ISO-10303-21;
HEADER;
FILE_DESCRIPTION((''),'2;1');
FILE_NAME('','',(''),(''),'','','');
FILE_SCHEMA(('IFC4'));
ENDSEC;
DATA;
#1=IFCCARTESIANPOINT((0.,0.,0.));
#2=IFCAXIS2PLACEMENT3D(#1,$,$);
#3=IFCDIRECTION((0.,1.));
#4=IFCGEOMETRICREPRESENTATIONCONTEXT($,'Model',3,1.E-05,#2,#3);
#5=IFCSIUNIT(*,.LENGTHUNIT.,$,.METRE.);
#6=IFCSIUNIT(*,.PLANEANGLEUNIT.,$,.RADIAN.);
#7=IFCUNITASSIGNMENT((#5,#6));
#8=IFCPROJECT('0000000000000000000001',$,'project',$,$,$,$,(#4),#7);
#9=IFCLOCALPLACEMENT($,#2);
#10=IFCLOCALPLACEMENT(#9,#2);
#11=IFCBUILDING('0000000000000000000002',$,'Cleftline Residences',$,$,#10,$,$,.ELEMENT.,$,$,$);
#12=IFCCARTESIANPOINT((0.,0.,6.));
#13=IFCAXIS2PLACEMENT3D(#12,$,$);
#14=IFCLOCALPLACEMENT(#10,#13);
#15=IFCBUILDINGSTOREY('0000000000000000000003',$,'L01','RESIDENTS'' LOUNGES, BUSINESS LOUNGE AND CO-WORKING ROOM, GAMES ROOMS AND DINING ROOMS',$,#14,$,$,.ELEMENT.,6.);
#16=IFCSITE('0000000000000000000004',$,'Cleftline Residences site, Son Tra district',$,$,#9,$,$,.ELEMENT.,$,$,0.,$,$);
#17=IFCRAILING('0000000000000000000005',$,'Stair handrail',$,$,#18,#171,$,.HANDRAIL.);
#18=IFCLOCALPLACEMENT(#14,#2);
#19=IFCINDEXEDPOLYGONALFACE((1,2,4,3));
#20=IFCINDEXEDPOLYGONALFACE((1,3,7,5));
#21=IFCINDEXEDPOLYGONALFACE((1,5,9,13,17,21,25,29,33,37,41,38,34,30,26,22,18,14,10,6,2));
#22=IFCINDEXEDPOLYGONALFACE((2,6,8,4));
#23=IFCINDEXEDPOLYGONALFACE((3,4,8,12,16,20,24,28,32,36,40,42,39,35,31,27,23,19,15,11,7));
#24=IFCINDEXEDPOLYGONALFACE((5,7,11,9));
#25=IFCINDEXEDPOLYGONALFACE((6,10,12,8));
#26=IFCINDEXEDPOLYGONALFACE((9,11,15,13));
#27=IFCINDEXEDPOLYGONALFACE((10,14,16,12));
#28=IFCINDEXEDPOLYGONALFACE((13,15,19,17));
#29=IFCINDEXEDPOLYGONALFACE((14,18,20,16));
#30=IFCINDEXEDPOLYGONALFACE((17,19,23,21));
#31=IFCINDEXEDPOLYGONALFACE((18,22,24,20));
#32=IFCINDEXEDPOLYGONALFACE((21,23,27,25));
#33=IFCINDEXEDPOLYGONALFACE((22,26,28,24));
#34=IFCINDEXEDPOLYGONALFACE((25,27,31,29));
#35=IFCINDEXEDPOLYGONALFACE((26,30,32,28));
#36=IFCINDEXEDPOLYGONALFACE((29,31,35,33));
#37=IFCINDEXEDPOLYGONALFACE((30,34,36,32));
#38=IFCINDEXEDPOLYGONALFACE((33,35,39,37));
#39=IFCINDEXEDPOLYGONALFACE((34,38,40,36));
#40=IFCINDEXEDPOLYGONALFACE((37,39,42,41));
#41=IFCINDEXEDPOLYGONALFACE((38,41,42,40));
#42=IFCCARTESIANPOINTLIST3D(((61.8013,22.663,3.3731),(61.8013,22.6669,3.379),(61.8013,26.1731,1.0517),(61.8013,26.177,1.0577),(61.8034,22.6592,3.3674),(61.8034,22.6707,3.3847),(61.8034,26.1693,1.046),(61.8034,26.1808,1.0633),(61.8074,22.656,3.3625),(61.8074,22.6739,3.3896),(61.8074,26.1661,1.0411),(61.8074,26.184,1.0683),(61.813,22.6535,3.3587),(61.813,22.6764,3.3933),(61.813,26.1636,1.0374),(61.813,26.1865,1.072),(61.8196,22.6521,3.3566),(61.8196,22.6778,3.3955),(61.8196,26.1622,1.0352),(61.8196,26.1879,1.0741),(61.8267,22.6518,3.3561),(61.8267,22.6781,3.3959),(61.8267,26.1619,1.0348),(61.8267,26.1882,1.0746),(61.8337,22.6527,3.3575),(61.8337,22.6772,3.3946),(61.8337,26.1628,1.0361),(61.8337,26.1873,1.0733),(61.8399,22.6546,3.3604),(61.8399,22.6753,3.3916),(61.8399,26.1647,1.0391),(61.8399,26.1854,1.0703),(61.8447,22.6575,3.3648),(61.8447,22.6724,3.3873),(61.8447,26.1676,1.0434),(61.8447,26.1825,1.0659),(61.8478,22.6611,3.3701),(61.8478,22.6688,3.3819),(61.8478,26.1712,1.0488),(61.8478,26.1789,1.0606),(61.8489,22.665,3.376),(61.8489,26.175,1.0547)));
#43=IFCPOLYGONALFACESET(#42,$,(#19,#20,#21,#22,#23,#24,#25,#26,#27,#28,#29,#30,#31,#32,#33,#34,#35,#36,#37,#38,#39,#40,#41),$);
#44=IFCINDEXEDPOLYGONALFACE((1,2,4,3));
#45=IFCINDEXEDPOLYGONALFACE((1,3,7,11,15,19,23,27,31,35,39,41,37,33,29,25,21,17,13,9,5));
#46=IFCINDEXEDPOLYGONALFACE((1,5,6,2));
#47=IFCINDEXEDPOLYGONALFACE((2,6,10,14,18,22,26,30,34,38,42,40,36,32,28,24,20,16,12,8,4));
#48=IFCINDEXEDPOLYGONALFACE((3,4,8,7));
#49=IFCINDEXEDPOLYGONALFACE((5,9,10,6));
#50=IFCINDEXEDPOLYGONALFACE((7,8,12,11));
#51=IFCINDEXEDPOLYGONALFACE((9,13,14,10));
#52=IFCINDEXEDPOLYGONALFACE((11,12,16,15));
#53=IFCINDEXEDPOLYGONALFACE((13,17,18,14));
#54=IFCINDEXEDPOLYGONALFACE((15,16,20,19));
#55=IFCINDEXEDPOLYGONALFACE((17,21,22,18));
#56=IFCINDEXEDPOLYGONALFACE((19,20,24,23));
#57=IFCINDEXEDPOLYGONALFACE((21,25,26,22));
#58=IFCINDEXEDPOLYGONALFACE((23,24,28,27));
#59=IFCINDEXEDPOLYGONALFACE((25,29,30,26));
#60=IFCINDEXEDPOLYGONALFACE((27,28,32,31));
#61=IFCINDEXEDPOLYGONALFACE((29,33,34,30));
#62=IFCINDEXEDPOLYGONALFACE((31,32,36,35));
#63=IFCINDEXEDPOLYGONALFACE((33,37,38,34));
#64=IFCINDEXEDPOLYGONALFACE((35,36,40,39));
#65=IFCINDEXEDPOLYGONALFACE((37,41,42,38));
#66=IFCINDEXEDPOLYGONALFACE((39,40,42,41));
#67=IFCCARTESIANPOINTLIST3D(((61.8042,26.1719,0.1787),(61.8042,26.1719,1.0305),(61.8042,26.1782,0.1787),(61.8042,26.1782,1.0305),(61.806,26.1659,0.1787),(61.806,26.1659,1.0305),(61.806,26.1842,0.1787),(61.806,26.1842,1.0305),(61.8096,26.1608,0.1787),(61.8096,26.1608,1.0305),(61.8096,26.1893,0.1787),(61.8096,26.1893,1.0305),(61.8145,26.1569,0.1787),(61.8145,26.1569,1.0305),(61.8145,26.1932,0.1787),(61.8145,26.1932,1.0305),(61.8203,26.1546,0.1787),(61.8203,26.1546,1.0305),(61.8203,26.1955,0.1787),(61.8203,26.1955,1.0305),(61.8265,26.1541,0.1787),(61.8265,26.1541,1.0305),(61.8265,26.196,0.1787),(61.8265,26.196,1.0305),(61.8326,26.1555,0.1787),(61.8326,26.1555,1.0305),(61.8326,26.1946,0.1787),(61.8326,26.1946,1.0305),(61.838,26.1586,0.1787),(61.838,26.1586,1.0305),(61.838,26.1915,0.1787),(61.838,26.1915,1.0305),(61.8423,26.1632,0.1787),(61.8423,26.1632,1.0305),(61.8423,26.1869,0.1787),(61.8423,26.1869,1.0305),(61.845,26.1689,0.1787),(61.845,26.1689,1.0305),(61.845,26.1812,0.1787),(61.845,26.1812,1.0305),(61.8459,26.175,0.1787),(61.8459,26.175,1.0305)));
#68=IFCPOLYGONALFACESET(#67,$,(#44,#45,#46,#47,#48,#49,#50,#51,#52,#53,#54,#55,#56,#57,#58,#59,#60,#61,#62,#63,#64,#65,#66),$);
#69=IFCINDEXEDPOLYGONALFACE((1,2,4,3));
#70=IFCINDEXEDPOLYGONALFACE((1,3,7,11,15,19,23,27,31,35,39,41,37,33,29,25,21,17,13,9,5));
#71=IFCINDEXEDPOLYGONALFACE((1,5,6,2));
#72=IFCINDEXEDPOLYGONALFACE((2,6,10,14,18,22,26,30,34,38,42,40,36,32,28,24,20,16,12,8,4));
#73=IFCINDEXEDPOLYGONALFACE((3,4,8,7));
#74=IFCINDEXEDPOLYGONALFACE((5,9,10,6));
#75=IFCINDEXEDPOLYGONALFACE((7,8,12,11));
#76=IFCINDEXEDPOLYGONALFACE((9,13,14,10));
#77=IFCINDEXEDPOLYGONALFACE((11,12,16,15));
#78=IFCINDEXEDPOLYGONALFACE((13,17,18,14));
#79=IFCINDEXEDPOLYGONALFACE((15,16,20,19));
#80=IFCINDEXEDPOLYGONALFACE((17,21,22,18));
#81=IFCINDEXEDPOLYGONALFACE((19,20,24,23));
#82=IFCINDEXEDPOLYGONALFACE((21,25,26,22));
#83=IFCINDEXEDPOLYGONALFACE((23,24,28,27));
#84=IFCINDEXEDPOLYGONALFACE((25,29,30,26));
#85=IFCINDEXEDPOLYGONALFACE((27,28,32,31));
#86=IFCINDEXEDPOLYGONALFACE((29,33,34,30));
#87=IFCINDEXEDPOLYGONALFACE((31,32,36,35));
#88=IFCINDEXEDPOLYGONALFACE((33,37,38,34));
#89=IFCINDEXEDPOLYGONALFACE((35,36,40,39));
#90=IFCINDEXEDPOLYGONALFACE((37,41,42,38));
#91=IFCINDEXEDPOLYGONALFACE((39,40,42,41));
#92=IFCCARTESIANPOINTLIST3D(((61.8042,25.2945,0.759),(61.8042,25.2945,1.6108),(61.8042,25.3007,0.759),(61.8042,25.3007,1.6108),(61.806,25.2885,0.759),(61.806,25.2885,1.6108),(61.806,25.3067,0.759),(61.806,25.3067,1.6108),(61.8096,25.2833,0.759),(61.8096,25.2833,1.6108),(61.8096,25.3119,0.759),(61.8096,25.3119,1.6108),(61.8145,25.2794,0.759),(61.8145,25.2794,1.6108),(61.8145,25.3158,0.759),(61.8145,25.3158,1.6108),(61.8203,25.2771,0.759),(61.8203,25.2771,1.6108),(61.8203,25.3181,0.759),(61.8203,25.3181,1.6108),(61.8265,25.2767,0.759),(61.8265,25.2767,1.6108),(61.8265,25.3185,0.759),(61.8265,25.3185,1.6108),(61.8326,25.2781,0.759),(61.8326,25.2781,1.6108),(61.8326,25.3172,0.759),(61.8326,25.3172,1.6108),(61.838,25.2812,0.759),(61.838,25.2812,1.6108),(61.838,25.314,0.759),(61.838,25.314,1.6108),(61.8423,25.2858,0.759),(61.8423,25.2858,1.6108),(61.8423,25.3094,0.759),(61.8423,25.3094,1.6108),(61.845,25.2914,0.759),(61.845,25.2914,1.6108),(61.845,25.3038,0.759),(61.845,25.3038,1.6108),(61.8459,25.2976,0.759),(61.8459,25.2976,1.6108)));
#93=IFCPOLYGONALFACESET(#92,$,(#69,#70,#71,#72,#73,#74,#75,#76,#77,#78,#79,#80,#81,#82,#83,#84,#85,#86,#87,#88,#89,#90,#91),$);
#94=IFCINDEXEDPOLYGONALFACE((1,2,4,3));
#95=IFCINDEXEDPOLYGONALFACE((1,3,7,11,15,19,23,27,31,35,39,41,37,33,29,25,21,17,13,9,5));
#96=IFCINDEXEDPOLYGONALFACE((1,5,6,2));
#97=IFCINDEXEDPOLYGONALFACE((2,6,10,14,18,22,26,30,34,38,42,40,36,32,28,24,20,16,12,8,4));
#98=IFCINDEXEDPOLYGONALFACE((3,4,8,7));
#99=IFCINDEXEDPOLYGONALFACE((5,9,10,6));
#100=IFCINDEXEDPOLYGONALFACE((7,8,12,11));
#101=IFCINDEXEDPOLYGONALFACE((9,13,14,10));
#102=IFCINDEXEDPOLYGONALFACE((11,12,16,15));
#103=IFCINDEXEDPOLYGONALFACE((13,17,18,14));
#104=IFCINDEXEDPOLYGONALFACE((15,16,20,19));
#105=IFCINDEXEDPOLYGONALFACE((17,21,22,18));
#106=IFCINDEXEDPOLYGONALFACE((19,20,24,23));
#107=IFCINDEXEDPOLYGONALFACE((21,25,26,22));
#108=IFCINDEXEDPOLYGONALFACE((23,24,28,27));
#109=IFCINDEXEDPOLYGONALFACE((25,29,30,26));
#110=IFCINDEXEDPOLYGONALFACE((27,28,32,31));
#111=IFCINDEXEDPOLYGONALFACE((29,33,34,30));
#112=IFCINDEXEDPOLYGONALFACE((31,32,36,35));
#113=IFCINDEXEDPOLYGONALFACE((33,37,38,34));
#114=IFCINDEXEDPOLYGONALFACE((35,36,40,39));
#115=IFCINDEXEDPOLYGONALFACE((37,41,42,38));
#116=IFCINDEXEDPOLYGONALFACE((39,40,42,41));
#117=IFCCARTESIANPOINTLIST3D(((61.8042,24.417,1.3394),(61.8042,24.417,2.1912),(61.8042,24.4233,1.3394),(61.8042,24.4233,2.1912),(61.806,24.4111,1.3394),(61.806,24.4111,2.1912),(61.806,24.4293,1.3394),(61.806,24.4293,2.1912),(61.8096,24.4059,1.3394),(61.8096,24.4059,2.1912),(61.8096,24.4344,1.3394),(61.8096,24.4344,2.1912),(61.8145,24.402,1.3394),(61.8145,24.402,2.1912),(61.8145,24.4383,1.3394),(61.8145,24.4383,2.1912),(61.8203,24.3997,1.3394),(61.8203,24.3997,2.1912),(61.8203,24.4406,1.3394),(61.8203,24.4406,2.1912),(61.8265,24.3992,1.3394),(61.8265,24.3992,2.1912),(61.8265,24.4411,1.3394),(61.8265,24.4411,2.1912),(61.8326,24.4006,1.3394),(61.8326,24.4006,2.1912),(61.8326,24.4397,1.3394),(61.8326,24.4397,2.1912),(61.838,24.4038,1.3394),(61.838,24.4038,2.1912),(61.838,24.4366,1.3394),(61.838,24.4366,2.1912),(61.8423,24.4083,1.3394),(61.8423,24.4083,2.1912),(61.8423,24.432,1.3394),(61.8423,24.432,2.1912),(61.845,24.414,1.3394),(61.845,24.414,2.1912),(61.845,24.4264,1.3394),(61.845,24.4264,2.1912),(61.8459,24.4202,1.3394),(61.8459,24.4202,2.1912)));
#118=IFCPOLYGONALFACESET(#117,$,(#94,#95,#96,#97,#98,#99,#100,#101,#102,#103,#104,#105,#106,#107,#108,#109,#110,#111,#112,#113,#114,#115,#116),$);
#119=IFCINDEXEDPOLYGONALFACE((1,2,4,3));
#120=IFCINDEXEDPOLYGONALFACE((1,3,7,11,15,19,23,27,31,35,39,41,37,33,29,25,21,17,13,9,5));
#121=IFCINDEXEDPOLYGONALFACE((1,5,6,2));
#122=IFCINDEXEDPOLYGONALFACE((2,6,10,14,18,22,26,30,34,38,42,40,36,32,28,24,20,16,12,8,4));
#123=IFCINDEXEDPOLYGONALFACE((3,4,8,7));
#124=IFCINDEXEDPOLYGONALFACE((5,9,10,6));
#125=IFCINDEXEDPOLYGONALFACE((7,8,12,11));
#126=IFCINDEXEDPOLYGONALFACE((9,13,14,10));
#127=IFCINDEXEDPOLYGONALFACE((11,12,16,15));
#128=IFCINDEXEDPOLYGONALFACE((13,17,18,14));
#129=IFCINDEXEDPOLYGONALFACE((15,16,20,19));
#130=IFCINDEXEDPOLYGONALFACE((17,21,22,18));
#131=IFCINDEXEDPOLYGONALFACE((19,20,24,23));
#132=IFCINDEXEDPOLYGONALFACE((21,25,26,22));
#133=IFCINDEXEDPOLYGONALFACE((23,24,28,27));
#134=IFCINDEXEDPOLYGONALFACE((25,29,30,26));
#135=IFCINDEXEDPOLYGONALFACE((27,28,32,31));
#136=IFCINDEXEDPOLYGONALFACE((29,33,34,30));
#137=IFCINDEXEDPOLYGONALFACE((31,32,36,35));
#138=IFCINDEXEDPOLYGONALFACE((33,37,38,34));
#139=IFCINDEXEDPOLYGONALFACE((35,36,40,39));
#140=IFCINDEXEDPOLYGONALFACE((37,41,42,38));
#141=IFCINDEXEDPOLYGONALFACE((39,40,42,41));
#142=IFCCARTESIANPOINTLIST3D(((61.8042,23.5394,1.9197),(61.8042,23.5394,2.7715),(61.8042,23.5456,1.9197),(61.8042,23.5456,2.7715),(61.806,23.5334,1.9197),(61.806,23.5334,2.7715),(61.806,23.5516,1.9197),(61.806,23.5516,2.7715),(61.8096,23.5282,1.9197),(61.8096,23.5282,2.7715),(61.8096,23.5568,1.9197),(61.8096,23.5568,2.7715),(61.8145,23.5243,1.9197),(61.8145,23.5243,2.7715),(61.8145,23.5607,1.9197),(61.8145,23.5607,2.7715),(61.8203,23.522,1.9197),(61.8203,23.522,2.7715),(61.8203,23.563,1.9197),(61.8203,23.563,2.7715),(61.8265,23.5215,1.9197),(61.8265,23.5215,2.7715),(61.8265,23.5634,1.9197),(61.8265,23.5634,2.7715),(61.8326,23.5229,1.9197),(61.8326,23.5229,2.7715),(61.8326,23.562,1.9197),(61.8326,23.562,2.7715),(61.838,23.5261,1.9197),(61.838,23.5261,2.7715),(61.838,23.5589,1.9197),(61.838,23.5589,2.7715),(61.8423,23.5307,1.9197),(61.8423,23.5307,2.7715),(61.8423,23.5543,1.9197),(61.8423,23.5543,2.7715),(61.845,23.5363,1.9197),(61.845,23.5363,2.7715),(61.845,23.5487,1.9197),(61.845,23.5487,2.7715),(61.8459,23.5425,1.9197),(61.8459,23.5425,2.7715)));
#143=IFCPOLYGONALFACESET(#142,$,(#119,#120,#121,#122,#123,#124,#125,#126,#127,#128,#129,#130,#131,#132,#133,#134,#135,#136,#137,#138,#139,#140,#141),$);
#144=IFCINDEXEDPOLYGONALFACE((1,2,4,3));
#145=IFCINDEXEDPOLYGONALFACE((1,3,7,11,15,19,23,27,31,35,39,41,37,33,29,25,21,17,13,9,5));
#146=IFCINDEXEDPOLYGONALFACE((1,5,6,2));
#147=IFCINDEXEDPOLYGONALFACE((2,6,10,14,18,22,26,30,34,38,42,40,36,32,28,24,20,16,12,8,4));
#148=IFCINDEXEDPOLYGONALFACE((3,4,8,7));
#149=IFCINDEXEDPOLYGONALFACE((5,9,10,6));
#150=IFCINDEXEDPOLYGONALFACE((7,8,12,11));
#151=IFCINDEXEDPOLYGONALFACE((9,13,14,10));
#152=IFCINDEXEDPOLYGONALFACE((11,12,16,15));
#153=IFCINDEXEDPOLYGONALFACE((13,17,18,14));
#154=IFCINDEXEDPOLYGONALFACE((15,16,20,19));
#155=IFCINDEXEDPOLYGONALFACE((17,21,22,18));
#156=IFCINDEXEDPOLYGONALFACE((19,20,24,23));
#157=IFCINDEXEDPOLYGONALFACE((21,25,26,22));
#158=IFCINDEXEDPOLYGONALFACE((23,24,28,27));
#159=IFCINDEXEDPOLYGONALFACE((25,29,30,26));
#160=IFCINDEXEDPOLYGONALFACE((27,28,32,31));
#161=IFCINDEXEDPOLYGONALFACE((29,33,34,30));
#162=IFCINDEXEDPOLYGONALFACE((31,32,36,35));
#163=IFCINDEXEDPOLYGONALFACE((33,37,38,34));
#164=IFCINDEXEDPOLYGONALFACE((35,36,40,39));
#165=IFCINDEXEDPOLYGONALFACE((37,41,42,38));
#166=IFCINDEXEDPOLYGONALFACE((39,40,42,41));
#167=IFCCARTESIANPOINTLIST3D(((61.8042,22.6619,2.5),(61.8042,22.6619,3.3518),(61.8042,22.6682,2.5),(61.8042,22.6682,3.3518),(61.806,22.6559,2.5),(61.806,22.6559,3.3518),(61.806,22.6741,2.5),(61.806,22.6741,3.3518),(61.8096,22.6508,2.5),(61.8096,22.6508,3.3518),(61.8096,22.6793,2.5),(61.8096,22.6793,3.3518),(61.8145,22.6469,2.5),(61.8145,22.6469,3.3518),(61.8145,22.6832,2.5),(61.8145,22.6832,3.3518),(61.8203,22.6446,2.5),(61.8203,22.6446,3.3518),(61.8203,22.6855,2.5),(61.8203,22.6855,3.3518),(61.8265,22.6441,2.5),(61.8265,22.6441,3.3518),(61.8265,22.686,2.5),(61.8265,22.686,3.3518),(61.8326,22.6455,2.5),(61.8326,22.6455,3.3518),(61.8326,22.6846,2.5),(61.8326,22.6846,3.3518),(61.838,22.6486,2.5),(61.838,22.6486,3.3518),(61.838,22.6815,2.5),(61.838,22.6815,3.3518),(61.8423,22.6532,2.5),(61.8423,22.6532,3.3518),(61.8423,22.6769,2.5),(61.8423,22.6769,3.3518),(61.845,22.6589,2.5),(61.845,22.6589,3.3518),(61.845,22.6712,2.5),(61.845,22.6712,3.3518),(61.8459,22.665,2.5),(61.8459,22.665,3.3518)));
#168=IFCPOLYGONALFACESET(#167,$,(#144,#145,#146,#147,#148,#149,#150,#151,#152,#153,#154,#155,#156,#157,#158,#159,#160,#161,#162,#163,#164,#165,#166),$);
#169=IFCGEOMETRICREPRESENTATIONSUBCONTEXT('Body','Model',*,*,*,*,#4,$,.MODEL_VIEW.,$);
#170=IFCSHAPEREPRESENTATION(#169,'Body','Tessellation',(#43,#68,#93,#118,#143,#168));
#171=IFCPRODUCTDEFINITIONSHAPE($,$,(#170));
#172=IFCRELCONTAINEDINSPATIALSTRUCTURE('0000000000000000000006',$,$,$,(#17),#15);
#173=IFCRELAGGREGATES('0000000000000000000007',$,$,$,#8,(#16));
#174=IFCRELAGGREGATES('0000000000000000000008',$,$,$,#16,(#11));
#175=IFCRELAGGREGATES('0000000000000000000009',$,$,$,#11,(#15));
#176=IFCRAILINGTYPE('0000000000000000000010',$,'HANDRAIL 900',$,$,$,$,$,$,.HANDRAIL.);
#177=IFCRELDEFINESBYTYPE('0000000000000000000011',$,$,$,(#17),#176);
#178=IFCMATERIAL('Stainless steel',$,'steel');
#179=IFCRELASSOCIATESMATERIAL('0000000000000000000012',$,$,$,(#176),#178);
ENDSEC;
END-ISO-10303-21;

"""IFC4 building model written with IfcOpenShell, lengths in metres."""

from ifc_helpers import new_model, si_unit, direction, frame, origin, origin_2d, place, context, subcontext, project, spatial, circle, extrude, material, type_object, element, save


model = new_model("IFC4")

# Units and contexts
model_context = context("Model", 3, precision=1e-05, world=origin(), true_north=direction((0.0, 1.0)))
body_context = subcontext(model_context, "Body", "Model", "MODEL_VIEW")
ifc_project = project(units=[si_unit("LENGTHUNIT", "METRE"), si_unit("PLANEANGLEUNIT", "RADIAN")], contexts=[model_context])

# Site, building, storey
site_placement = place(None, origin())
site = spatial("IfcSite", under=ifc_project, at=site_placement, Name="Cleftline Residences site, Son Tra district", CompositionType="ELEMENT", RefElevation=0.0)
building_placement = place(site_placement, origin())
building = spatial("IfcBuilding", under=site, at=building_placement, Name="Cleftline Residences", CompositionType="ELEMENT")
storey_placement = place(building_placement, frame((0.0, 0.0, 6.0)))
storey = spatial("IfcBuildingStorey", under=building, at=storey_placement, Name="L01", Description="RESIDENTS' LOUNGES, BUSINESS LOUNGE AND CO-WORKING ROOM, GAMES ROOMS AND DINING ROOMS", CompositionType="ELEMENT", Elevation=6.0)

# Railing
ifc_material_1 = material(Name="Stainless steel", Category="steel")
railing_type = type_object("IfcRailingType", Name="HANDRAIL 900", PredefinedType="HANDRAIL", material=ifc_material_1)
railing_1_placement = place(storey_placement, frame((61.825, 26.175, 0.1787)))
element("IfcRailing", 1, at=railing_1_placement, inside=storey, type_object=railing_type, Name="Stair handrail", PredefinedType="HANDRAIL", context=body_context, shape_type="SweptSolid", body=[
    extrude(circle(Radius=0.0239, at=origin_2d()), frame((0.0, 0.0, 0.876), z_axis=(0.0, -0.834097, 0.551617), x_axis=(1.0, 0.0, 0.0)), (0.0, 0.0, 1.0), 4.2083),
    extrude(circle(Radius=0.021, at=origin_2d()), origin(), (0.0, 0.0, 1.0), 0.8518),
    extrude(circle(Radius=0.021, at=origin_2d()), frame((0.0, -0.8774, 0.5803)), (0.0, 0.0, 1.0), 0.8518),
    extrude(circle(Radius=0.021, at=origin_2d()), frame((0.0, -1.7549, 1.1606)), (0.0, 0.0, 1.0), 0.8518),
    extrude(circle(Radius=0.021, at=origin_2d()), frame((0.0, -2.6326, 1.741)), (0.0, 0.0, 1.0), 0.8518),
    extrude(circle(Radius=0.021, at=origin_2d()), frame((0.0, -3.51, 2.3213)), (0.0, 0.0, 1.0), 0.8518),
])

save(model, "model.ifc")
